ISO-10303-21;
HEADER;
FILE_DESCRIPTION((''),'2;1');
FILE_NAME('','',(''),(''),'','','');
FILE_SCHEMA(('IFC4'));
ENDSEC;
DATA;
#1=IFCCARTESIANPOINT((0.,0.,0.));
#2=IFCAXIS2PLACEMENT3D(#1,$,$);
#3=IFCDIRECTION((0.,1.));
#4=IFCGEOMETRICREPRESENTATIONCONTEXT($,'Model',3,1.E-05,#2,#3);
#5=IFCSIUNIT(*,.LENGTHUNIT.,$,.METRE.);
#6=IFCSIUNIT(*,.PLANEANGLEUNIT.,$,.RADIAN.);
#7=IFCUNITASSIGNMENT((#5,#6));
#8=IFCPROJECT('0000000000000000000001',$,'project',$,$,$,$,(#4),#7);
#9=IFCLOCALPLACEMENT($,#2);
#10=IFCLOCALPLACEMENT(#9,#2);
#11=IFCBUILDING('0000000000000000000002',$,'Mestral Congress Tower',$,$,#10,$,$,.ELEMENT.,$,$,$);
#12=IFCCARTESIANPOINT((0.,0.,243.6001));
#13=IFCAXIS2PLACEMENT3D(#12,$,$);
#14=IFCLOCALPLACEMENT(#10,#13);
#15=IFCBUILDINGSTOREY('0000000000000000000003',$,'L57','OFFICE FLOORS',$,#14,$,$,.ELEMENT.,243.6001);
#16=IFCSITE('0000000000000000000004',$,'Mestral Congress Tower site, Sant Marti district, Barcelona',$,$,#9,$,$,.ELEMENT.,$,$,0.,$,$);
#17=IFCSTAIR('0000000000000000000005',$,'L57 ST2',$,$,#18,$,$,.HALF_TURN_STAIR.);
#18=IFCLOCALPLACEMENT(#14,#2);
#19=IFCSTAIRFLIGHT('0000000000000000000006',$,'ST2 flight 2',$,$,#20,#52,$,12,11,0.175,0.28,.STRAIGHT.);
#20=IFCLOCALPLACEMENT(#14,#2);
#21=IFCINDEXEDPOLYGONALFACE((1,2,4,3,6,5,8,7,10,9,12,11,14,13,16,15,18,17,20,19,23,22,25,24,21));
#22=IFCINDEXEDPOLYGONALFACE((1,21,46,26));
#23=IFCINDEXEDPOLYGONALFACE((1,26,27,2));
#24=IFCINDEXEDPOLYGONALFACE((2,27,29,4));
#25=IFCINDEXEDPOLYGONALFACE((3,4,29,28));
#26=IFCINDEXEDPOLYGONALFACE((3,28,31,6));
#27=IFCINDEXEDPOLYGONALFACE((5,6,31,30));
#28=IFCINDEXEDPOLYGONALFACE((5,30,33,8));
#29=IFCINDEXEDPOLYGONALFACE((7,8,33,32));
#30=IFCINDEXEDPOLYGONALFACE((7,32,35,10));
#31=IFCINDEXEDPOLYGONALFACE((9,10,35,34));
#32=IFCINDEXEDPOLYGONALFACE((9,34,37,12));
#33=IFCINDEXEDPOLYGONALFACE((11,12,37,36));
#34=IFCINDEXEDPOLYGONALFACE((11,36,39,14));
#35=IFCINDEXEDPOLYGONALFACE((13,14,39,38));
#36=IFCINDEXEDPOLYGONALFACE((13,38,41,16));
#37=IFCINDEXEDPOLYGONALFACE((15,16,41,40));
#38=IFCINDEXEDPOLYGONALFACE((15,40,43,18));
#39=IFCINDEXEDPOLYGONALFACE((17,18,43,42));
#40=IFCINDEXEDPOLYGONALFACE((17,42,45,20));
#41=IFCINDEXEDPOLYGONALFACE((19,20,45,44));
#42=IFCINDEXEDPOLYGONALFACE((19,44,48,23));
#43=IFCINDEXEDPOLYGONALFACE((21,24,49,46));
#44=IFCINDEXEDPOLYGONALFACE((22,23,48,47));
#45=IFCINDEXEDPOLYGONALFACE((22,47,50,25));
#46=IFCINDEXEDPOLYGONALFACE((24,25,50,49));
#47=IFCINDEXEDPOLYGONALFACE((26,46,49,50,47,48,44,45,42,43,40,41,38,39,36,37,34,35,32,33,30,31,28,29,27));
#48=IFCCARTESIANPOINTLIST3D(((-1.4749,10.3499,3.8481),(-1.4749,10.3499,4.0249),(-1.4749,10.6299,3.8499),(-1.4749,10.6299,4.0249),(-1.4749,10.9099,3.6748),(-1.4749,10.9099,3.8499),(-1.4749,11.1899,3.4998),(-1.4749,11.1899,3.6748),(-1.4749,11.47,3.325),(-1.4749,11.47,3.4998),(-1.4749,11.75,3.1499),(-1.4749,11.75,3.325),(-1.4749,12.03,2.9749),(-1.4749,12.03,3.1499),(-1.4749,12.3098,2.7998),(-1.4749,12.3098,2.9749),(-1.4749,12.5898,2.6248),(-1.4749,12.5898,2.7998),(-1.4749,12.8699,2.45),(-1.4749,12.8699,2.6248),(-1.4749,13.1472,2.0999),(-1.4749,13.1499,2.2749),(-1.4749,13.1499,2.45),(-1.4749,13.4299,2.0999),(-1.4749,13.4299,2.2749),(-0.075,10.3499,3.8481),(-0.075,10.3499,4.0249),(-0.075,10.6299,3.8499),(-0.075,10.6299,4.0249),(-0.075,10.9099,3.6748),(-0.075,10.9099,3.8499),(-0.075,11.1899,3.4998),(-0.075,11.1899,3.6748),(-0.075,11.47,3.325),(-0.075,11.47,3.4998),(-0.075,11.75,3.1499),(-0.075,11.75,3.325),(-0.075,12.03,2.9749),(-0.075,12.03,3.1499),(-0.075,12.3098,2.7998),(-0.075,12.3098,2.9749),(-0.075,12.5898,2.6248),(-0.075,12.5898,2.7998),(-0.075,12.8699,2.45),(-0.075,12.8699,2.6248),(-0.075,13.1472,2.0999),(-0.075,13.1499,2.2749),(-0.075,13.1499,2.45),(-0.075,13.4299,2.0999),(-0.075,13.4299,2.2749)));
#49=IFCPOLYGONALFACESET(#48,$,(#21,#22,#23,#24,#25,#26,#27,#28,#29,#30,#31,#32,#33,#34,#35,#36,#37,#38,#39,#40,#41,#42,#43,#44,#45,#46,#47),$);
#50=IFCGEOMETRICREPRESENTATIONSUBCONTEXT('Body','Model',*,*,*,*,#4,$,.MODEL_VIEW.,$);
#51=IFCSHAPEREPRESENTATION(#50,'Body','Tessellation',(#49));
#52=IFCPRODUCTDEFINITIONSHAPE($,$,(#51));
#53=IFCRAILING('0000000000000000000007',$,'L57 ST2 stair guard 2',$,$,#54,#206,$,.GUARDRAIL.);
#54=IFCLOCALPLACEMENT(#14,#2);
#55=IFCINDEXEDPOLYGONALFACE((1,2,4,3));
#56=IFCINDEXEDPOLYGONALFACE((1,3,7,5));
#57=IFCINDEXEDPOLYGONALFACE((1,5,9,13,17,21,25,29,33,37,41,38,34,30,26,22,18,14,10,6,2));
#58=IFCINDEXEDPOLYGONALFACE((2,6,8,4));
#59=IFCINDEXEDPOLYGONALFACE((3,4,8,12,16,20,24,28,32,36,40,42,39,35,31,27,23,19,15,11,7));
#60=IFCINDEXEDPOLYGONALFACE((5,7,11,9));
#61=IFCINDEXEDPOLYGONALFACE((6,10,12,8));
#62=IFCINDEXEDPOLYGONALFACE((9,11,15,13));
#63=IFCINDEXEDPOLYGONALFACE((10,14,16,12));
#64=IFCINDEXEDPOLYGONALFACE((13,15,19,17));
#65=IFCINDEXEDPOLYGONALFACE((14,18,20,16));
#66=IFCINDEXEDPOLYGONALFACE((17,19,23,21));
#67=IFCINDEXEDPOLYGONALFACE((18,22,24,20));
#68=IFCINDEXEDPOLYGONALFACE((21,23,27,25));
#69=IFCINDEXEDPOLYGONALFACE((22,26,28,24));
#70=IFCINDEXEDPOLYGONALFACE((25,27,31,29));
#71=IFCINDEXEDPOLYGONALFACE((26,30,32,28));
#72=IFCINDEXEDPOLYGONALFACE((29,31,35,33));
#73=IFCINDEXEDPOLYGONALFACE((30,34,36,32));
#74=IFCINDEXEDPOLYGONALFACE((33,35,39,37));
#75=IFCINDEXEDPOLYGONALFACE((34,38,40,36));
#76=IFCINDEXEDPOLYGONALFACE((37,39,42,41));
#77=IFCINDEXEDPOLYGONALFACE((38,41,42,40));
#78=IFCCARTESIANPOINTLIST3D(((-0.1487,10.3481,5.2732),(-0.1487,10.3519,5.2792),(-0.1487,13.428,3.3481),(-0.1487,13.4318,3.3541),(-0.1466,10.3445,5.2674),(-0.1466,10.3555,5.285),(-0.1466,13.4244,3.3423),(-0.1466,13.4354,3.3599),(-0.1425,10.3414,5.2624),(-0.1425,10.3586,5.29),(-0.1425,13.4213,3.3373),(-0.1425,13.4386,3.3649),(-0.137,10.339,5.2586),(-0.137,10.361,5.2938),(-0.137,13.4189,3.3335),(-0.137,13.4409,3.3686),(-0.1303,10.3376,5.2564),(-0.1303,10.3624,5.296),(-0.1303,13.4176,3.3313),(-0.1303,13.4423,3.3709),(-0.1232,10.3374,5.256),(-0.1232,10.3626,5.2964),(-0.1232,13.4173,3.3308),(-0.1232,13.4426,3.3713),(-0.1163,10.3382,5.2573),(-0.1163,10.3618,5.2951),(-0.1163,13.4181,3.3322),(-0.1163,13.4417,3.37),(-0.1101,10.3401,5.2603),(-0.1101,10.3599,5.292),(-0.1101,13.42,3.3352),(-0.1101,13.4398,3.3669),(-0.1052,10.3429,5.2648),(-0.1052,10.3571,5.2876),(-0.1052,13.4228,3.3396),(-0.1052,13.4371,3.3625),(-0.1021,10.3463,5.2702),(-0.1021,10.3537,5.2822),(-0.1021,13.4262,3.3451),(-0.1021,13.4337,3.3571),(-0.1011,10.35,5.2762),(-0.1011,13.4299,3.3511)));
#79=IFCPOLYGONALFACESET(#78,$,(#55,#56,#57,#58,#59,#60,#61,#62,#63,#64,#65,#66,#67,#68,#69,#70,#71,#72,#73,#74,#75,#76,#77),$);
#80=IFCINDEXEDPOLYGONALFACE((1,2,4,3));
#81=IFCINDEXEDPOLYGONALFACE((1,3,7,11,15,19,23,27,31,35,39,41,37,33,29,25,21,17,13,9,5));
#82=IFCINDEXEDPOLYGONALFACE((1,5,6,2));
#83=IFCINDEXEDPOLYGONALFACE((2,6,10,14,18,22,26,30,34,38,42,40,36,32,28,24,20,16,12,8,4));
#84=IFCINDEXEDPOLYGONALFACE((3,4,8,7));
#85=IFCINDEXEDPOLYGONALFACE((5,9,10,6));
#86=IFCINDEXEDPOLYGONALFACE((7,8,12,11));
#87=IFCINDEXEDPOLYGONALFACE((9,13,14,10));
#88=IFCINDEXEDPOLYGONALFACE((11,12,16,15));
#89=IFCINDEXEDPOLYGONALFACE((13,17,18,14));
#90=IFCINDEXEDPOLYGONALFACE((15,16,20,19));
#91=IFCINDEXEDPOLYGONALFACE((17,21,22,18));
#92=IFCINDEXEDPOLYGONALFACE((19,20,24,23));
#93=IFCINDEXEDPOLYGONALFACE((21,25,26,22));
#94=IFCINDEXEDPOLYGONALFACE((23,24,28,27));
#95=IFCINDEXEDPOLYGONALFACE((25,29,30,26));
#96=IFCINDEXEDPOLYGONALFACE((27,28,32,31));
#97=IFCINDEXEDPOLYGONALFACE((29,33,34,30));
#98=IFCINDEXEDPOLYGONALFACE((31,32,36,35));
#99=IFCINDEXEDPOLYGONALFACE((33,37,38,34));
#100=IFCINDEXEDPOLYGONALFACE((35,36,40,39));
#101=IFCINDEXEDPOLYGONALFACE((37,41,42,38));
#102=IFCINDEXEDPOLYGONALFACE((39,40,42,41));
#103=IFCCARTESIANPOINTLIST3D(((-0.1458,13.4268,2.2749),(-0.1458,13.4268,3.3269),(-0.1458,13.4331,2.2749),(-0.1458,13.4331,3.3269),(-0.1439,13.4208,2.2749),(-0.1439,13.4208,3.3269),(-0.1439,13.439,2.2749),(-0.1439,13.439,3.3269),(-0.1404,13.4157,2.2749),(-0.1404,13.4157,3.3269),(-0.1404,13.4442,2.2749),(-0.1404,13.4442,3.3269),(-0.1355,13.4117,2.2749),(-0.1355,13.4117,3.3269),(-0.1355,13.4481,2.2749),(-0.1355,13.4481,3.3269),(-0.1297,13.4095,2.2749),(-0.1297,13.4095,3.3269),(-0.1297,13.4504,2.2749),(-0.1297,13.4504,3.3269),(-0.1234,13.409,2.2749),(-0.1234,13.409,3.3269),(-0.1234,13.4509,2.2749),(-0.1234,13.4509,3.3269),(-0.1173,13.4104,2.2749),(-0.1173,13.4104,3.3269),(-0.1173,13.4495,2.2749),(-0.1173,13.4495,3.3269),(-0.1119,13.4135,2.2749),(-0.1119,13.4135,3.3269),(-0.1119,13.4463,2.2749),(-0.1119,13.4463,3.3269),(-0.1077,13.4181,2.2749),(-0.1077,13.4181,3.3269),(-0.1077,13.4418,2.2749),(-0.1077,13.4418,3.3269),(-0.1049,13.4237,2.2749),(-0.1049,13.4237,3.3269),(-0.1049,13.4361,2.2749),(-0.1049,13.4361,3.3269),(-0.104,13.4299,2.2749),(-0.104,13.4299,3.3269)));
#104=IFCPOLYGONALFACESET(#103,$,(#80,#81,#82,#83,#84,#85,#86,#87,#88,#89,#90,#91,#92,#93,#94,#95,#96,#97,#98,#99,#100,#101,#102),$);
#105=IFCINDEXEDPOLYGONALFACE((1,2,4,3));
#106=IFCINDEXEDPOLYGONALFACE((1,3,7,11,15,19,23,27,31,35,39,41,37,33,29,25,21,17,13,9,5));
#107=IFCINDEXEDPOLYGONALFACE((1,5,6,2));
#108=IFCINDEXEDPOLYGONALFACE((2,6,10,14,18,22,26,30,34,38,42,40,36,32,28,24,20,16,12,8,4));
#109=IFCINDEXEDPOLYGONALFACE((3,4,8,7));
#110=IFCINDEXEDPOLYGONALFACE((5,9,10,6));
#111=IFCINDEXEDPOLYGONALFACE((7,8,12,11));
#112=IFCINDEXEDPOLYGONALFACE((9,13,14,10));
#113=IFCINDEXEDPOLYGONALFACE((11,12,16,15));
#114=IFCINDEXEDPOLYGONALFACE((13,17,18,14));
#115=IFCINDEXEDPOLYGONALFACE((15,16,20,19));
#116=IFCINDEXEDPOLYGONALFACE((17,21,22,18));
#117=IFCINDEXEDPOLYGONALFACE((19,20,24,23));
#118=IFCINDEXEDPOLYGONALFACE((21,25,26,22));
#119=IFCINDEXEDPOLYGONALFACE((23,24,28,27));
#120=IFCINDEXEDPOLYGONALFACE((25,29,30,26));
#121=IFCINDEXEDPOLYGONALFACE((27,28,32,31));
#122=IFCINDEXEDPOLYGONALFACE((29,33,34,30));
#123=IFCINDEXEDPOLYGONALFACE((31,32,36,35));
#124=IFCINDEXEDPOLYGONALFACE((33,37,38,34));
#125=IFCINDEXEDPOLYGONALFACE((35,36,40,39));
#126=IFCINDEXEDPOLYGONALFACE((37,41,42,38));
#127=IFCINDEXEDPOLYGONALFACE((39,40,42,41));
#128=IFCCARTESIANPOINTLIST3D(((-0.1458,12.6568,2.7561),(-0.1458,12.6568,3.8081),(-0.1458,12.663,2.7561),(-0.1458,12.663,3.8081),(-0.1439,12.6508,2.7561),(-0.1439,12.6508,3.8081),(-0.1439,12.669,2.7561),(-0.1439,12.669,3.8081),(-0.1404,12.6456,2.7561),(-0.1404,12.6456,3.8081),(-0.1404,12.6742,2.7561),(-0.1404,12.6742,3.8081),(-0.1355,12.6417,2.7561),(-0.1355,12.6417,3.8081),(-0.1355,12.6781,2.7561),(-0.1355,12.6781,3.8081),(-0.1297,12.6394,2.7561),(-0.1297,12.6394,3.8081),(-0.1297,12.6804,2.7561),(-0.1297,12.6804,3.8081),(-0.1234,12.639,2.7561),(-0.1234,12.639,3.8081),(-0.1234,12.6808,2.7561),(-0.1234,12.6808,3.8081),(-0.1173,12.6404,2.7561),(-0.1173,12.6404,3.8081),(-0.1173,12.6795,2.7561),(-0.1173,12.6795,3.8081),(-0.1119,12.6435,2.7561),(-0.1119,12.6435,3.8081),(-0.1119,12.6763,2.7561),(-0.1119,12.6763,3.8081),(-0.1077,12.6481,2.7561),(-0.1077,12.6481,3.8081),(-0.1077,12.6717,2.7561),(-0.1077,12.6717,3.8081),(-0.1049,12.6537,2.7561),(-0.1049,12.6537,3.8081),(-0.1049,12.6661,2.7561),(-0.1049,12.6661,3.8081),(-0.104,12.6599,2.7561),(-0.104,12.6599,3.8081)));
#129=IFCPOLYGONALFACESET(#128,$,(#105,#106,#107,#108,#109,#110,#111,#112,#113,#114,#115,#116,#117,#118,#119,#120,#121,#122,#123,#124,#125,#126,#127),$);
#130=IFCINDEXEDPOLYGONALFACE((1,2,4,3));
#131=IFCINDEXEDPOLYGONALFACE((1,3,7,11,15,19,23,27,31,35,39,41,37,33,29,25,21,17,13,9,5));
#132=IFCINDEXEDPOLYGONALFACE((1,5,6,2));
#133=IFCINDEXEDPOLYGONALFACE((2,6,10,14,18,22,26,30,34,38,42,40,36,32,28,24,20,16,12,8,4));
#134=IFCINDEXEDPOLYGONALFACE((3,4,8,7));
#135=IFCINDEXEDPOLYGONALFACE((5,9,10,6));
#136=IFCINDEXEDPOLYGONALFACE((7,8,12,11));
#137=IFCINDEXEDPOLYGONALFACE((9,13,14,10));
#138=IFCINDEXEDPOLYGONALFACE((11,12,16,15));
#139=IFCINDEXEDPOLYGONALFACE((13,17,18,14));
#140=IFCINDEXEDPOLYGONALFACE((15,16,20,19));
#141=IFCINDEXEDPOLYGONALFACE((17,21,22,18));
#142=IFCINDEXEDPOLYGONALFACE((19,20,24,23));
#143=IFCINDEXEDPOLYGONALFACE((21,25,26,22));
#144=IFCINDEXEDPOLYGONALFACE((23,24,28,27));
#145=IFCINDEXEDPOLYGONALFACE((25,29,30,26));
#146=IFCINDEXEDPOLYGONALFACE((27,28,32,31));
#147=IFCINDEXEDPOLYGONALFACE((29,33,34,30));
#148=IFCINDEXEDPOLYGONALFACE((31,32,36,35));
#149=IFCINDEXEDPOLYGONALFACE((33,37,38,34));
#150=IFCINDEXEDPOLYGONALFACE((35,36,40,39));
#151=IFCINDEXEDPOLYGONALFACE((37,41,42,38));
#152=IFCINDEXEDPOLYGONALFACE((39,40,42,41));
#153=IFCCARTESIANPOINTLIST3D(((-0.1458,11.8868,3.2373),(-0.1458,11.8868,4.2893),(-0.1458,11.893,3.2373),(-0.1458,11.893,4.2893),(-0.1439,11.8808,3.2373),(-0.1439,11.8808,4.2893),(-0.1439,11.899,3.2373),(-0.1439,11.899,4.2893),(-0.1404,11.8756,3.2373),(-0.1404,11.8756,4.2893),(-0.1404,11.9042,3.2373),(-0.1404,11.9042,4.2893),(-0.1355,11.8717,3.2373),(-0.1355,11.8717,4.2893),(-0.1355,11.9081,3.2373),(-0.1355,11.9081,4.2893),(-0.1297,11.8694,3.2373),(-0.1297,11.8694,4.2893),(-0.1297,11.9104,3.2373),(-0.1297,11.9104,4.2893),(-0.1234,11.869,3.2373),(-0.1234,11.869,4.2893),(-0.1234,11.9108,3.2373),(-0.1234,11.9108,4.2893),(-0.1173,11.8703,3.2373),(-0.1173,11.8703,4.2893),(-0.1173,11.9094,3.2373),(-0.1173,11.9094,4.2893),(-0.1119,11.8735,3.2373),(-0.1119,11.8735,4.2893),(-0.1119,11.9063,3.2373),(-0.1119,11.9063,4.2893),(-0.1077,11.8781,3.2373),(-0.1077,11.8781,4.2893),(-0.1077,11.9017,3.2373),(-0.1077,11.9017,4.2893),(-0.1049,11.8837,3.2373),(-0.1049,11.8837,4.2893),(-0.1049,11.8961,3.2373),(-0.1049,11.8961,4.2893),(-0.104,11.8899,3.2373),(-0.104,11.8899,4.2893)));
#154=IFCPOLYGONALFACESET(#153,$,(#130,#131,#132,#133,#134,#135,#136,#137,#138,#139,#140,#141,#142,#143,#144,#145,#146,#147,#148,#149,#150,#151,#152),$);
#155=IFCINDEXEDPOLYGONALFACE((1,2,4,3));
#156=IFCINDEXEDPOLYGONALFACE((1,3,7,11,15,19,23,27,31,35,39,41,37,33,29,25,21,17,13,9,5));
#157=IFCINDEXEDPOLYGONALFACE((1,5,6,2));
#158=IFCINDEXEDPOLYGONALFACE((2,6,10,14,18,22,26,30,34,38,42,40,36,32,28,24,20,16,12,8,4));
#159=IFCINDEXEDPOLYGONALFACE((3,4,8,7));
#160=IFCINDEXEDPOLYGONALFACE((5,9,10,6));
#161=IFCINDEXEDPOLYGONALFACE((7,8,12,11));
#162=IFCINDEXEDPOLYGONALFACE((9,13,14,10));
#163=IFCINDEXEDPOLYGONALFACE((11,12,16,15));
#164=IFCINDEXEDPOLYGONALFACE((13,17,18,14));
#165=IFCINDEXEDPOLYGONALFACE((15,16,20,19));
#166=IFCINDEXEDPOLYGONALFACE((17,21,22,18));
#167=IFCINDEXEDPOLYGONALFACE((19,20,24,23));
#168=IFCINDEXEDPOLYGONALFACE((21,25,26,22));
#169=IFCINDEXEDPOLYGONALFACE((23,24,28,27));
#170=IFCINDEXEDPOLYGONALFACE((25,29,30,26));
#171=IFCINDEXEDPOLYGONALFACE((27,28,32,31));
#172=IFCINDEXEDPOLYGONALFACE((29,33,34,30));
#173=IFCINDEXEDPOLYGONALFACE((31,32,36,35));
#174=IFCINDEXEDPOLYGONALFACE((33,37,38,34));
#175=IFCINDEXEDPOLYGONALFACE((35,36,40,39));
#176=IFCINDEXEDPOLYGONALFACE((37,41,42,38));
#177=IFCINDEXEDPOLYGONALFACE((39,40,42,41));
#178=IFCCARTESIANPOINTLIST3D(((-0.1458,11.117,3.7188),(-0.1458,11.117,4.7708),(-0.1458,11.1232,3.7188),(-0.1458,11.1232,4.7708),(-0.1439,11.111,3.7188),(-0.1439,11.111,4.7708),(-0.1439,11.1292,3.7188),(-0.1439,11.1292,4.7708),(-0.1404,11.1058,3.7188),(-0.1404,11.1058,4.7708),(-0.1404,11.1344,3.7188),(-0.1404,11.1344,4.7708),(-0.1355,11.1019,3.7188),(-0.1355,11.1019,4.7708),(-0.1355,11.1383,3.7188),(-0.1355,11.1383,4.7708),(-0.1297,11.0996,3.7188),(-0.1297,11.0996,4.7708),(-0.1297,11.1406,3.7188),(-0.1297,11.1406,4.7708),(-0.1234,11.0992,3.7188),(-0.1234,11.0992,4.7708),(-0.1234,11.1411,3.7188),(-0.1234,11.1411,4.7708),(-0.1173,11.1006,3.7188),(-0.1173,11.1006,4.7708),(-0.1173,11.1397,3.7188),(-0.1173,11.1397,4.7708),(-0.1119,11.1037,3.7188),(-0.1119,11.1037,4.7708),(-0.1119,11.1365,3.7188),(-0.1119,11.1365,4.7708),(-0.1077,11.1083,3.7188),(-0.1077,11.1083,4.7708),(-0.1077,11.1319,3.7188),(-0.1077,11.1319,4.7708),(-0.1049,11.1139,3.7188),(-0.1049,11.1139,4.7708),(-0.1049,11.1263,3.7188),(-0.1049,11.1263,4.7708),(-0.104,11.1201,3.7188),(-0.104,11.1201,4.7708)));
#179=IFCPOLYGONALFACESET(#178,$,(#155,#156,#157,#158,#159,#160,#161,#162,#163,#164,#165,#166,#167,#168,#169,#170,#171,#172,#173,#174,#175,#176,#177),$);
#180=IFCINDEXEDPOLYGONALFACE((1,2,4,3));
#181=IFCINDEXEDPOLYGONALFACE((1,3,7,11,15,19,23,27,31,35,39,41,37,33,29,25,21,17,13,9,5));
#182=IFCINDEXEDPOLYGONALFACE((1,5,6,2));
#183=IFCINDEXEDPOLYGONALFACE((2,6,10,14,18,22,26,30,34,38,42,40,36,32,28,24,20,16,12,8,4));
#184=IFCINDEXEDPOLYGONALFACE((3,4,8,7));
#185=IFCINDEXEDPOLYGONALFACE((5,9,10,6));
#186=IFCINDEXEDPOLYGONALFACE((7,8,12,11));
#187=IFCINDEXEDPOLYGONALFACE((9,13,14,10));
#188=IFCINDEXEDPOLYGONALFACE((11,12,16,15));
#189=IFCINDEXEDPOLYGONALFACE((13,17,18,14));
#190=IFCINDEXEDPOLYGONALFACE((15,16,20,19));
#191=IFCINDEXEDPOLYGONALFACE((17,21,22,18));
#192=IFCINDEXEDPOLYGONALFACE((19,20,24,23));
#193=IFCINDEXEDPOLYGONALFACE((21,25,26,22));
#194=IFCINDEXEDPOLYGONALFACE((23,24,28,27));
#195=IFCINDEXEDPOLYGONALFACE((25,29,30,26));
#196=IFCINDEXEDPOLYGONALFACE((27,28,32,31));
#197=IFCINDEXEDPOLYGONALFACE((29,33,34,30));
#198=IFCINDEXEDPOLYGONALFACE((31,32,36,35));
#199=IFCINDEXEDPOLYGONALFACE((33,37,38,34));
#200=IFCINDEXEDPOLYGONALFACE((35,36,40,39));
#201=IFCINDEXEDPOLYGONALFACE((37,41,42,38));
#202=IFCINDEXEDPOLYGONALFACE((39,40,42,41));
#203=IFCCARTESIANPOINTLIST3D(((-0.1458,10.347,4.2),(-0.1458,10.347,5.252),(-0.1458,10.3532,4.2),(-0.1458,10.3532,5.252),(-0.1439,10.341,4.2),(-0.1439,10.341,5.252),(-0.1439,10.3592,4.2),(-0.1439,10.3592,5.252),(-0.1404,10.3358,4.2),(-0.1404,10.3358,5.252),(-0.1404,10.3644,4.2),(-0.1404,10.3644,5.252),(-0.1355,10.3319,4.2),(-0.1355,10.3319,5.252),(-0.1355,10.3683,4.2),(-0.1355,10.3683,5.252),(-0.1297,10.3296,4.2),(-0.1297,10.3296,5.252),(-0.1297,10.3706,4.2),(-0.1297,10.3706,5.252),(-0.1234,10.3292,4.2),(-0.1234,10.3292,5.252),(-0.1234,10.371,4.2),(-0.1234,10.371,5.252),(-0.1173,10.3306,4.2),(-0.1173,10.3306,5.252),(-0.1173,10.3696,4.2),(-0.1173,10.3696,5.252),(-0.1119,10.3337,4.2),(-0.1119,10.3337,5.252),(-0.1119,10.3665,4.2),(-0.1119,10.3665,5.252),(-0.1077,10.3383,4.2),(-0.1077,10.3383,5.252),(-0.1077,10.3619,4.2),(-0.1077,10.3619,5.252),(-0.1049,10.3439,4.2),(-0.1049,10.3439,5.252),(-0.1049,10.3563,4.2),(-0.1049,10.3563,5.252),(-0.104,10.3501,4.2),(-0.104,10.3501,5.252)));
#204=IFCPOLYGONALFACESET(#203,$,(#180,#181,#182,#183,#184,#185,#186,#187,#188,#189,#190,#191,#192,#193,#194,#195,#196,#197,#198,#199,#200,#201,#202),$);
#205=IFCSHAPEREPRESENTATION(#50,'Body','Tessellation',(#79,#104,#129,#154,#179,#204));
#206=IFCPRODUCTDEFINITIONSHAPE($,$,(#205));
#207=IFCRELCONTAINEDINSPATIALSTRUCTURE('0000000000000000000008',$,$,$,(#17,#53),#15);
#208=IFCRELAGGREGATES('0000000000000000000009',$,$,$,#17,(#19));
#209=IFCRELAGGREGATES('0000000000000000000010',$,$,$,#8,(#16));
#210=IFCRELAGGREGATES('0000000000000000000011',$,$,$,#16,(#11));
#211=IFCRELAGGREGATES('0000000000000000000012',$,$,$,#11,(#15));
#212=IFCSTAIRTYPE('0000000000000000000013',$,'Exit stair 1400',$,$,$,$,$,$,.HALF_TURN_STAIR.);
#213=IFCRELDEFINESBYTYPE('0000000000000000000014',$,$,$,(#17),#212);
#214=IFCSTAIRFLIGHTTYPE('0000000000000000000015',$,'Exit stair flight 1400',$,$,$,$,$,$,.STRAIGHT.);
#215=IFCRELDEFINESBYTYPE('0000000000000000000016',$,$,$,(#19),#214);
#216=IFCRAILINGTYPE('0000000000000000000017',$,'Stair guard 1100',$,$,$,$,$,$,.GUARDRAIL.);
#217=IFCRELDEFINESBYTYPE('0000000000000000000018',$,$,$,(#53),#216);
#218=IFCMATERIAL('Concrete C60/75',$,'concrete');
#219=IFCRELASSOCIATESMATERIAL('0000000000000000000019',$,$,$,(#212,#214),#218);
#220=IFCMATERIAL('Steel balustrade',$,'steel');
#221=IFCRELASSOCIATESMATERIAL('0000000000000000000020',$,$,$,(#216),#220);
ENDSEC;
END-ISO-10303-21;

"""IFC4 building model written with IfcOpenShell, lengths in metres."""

from ifc_helpers import new_model, si_unit, direction, frame, origin, origin_2d, place, context, subcontext, project, spatial, polyline, circle, outline, extrude, material, type_object, element, aggregate, save


model = new_model("IFC4")

# Units and contexts
model_context = context("Model", 3, precision=1e-05, world=origin(), true_north=direction((0.0, 1.0)))
body_context = subcontext(model_context, "Body", "Model", "MODEL_VIEW")
ifc_project = project(units=[si_unit("LENGTHUNIT", "METRE"), si_unit("PLANEANGLEUNIT", "RADIAN")], contexts=[model_context])

# Site, building, storey
site_placement = place(None, origin())
site = spatial("IfcSite", under=ifc_project, at=site_placement, Name="Mestral Congress Tower site, Sant Marti district, Barcelona", CompositionType="ELEMENT", RefElevation=0.0)
building_placement = place(site_placement, origin())
building = spatial("IfcBuilding", under=site, at=building_placement, Name="Mestral Congress Tower", CompositionType="ELEMENT")
storey_placement = place(building_placement, frame((0.0, 0.0, 243.6001)))
storey = spatial("IfcBuildingStorey", under=building, at=storey_placement, Name="L57", Description="OFFICE FLOORS", CompositionType="ELEMENT", Elevation=243.6001)

# Shared definitions
ifc_material_1 = material(Name="Concrete C60/75", Category="concrete")

# Stair, stair flight
stair_type = type_object("IfcStairType", Name="Exit stair 1400", PredefinedType="HALF_TURN_STAIR", material=ifc_material_1)
stair_placement = place(storey_placement, origin())
stair = element("IfcStair", 1, at=stair_placement, inside=storey, type_object=stair_type, Name="L57 ST2", PredefinedType="HALF_TURN_STAIR")
stair_flight_type = type_object("IfcStairFlightType", Name="Exit stair flight 1400", PredefinedType="STRAIGHT", material=ifc_material_1)
stair_flight_placement = place(storey_placement, frame((-0.7749, 13.4299, 2.0999), z_axis=(0.0, 0.0, 1.0), x_axis=(0.0, -1.0, 0.0)))
stair_flight = element("IfcStairFlight", 2, at=stair_flight_placement, type_object=stair_flight_type, Name="ST2 flight 2", NumberOfRisers=12, NumberOfTreads=11, PredefinedType="STRAIGHT", RiserHeight=0.175, TreadLength=0.28, context=body_context, shape_type="SweptSolid", body=[
    extrude(outline(polyline([(0.0, 0.0), (0.0, 0.175), (0.28, 0.175), (0.28, 0.3501), (0.5601, 0.3501), (0.5601, 0.5249), (0.8401, 0.5249), (0.8401, 0.7), (1.1201, 0.7), (1.1201, 0.875), (1.3999, 0.875), (1.3999, 1.05), (1.6799, 1.05), (1.6799, 1.2251), (1.96, 1.2251), (1.96, 1.3999), (2.24, 1.3999), (2.24, 1.575), (2.52, 1.575), (2.52, 1.75), (2.8, 1.75), (2.8, 1.925), (3.0801, 1.925), (3.0801, 2.1001), (3.0801, 1.7483), (0.2827, 0.0), (0.0, 0.0)])), frame((0.0, 0.7, 0.0), z_axis=(0.0, -1.0, 0.0), x_axis=(1.0, 0.0, 0.0)), (0.0, 0.0, 1.0), 1.3999),
])
aggregate(stair, [stair_flight])

# Railing
ifc_material_2 = material(Name="Steel balustrade", Category="steel")
railing_type = type_object("IfcRailingType", Name="Stair guard 1100", PredefinedType="GUARDRAIL", material=ifc_material_2)
railing_placement = place(storey_placement, frame((-0.125, 13.4299, 2.2749)))
element("IfcRailing", 3, at=railing_placement, inside=storey, type_object=railing_type, Name="L57 ST2 stair guard 2", PredefinedType="GUARDRAIL", context=body_context, shape_type="SweptSolid", body=[
    extrude(circle(Radius=0.0239, at=origin_2d()), frame((0.0, 0.0, 1.0762), z_axis=(0.0, -0.847979, 0.530029), x_axis=(1.0, 0.0, 0.0)), (0.0, 0.0, 1.0), 3.6321),
    extrude(circle(Radius=0.021, at=origin_2d()), origin(), (0.0, 0.0, 1.0), 1.052),
    extrude(circle(Radius=0.021, at=origin_2d()), frame((0.0, -0.77, 0.4812)), (0.0, 0.0, 1.0), 1.052),
    extrude(circle(Radius=0.021, at=origin_2d()), frame((0.0, -1.54, 0.9624)), (0.0, 0.0, 1.0), 1.052),
    extrude(circle(Radius=0.021, at=origin_2d()), frame((0.0, -2.3098, 1.4438)), (0.0, 0.0, 1.0), 1.052),
    extrude(circle(Radius=0.021, at=origin_2d()), frame((0.0, -3.0798, 1.925)), (0.0, 0.0, 1.0), 1.052),
])

save(model, "model.ifc")
